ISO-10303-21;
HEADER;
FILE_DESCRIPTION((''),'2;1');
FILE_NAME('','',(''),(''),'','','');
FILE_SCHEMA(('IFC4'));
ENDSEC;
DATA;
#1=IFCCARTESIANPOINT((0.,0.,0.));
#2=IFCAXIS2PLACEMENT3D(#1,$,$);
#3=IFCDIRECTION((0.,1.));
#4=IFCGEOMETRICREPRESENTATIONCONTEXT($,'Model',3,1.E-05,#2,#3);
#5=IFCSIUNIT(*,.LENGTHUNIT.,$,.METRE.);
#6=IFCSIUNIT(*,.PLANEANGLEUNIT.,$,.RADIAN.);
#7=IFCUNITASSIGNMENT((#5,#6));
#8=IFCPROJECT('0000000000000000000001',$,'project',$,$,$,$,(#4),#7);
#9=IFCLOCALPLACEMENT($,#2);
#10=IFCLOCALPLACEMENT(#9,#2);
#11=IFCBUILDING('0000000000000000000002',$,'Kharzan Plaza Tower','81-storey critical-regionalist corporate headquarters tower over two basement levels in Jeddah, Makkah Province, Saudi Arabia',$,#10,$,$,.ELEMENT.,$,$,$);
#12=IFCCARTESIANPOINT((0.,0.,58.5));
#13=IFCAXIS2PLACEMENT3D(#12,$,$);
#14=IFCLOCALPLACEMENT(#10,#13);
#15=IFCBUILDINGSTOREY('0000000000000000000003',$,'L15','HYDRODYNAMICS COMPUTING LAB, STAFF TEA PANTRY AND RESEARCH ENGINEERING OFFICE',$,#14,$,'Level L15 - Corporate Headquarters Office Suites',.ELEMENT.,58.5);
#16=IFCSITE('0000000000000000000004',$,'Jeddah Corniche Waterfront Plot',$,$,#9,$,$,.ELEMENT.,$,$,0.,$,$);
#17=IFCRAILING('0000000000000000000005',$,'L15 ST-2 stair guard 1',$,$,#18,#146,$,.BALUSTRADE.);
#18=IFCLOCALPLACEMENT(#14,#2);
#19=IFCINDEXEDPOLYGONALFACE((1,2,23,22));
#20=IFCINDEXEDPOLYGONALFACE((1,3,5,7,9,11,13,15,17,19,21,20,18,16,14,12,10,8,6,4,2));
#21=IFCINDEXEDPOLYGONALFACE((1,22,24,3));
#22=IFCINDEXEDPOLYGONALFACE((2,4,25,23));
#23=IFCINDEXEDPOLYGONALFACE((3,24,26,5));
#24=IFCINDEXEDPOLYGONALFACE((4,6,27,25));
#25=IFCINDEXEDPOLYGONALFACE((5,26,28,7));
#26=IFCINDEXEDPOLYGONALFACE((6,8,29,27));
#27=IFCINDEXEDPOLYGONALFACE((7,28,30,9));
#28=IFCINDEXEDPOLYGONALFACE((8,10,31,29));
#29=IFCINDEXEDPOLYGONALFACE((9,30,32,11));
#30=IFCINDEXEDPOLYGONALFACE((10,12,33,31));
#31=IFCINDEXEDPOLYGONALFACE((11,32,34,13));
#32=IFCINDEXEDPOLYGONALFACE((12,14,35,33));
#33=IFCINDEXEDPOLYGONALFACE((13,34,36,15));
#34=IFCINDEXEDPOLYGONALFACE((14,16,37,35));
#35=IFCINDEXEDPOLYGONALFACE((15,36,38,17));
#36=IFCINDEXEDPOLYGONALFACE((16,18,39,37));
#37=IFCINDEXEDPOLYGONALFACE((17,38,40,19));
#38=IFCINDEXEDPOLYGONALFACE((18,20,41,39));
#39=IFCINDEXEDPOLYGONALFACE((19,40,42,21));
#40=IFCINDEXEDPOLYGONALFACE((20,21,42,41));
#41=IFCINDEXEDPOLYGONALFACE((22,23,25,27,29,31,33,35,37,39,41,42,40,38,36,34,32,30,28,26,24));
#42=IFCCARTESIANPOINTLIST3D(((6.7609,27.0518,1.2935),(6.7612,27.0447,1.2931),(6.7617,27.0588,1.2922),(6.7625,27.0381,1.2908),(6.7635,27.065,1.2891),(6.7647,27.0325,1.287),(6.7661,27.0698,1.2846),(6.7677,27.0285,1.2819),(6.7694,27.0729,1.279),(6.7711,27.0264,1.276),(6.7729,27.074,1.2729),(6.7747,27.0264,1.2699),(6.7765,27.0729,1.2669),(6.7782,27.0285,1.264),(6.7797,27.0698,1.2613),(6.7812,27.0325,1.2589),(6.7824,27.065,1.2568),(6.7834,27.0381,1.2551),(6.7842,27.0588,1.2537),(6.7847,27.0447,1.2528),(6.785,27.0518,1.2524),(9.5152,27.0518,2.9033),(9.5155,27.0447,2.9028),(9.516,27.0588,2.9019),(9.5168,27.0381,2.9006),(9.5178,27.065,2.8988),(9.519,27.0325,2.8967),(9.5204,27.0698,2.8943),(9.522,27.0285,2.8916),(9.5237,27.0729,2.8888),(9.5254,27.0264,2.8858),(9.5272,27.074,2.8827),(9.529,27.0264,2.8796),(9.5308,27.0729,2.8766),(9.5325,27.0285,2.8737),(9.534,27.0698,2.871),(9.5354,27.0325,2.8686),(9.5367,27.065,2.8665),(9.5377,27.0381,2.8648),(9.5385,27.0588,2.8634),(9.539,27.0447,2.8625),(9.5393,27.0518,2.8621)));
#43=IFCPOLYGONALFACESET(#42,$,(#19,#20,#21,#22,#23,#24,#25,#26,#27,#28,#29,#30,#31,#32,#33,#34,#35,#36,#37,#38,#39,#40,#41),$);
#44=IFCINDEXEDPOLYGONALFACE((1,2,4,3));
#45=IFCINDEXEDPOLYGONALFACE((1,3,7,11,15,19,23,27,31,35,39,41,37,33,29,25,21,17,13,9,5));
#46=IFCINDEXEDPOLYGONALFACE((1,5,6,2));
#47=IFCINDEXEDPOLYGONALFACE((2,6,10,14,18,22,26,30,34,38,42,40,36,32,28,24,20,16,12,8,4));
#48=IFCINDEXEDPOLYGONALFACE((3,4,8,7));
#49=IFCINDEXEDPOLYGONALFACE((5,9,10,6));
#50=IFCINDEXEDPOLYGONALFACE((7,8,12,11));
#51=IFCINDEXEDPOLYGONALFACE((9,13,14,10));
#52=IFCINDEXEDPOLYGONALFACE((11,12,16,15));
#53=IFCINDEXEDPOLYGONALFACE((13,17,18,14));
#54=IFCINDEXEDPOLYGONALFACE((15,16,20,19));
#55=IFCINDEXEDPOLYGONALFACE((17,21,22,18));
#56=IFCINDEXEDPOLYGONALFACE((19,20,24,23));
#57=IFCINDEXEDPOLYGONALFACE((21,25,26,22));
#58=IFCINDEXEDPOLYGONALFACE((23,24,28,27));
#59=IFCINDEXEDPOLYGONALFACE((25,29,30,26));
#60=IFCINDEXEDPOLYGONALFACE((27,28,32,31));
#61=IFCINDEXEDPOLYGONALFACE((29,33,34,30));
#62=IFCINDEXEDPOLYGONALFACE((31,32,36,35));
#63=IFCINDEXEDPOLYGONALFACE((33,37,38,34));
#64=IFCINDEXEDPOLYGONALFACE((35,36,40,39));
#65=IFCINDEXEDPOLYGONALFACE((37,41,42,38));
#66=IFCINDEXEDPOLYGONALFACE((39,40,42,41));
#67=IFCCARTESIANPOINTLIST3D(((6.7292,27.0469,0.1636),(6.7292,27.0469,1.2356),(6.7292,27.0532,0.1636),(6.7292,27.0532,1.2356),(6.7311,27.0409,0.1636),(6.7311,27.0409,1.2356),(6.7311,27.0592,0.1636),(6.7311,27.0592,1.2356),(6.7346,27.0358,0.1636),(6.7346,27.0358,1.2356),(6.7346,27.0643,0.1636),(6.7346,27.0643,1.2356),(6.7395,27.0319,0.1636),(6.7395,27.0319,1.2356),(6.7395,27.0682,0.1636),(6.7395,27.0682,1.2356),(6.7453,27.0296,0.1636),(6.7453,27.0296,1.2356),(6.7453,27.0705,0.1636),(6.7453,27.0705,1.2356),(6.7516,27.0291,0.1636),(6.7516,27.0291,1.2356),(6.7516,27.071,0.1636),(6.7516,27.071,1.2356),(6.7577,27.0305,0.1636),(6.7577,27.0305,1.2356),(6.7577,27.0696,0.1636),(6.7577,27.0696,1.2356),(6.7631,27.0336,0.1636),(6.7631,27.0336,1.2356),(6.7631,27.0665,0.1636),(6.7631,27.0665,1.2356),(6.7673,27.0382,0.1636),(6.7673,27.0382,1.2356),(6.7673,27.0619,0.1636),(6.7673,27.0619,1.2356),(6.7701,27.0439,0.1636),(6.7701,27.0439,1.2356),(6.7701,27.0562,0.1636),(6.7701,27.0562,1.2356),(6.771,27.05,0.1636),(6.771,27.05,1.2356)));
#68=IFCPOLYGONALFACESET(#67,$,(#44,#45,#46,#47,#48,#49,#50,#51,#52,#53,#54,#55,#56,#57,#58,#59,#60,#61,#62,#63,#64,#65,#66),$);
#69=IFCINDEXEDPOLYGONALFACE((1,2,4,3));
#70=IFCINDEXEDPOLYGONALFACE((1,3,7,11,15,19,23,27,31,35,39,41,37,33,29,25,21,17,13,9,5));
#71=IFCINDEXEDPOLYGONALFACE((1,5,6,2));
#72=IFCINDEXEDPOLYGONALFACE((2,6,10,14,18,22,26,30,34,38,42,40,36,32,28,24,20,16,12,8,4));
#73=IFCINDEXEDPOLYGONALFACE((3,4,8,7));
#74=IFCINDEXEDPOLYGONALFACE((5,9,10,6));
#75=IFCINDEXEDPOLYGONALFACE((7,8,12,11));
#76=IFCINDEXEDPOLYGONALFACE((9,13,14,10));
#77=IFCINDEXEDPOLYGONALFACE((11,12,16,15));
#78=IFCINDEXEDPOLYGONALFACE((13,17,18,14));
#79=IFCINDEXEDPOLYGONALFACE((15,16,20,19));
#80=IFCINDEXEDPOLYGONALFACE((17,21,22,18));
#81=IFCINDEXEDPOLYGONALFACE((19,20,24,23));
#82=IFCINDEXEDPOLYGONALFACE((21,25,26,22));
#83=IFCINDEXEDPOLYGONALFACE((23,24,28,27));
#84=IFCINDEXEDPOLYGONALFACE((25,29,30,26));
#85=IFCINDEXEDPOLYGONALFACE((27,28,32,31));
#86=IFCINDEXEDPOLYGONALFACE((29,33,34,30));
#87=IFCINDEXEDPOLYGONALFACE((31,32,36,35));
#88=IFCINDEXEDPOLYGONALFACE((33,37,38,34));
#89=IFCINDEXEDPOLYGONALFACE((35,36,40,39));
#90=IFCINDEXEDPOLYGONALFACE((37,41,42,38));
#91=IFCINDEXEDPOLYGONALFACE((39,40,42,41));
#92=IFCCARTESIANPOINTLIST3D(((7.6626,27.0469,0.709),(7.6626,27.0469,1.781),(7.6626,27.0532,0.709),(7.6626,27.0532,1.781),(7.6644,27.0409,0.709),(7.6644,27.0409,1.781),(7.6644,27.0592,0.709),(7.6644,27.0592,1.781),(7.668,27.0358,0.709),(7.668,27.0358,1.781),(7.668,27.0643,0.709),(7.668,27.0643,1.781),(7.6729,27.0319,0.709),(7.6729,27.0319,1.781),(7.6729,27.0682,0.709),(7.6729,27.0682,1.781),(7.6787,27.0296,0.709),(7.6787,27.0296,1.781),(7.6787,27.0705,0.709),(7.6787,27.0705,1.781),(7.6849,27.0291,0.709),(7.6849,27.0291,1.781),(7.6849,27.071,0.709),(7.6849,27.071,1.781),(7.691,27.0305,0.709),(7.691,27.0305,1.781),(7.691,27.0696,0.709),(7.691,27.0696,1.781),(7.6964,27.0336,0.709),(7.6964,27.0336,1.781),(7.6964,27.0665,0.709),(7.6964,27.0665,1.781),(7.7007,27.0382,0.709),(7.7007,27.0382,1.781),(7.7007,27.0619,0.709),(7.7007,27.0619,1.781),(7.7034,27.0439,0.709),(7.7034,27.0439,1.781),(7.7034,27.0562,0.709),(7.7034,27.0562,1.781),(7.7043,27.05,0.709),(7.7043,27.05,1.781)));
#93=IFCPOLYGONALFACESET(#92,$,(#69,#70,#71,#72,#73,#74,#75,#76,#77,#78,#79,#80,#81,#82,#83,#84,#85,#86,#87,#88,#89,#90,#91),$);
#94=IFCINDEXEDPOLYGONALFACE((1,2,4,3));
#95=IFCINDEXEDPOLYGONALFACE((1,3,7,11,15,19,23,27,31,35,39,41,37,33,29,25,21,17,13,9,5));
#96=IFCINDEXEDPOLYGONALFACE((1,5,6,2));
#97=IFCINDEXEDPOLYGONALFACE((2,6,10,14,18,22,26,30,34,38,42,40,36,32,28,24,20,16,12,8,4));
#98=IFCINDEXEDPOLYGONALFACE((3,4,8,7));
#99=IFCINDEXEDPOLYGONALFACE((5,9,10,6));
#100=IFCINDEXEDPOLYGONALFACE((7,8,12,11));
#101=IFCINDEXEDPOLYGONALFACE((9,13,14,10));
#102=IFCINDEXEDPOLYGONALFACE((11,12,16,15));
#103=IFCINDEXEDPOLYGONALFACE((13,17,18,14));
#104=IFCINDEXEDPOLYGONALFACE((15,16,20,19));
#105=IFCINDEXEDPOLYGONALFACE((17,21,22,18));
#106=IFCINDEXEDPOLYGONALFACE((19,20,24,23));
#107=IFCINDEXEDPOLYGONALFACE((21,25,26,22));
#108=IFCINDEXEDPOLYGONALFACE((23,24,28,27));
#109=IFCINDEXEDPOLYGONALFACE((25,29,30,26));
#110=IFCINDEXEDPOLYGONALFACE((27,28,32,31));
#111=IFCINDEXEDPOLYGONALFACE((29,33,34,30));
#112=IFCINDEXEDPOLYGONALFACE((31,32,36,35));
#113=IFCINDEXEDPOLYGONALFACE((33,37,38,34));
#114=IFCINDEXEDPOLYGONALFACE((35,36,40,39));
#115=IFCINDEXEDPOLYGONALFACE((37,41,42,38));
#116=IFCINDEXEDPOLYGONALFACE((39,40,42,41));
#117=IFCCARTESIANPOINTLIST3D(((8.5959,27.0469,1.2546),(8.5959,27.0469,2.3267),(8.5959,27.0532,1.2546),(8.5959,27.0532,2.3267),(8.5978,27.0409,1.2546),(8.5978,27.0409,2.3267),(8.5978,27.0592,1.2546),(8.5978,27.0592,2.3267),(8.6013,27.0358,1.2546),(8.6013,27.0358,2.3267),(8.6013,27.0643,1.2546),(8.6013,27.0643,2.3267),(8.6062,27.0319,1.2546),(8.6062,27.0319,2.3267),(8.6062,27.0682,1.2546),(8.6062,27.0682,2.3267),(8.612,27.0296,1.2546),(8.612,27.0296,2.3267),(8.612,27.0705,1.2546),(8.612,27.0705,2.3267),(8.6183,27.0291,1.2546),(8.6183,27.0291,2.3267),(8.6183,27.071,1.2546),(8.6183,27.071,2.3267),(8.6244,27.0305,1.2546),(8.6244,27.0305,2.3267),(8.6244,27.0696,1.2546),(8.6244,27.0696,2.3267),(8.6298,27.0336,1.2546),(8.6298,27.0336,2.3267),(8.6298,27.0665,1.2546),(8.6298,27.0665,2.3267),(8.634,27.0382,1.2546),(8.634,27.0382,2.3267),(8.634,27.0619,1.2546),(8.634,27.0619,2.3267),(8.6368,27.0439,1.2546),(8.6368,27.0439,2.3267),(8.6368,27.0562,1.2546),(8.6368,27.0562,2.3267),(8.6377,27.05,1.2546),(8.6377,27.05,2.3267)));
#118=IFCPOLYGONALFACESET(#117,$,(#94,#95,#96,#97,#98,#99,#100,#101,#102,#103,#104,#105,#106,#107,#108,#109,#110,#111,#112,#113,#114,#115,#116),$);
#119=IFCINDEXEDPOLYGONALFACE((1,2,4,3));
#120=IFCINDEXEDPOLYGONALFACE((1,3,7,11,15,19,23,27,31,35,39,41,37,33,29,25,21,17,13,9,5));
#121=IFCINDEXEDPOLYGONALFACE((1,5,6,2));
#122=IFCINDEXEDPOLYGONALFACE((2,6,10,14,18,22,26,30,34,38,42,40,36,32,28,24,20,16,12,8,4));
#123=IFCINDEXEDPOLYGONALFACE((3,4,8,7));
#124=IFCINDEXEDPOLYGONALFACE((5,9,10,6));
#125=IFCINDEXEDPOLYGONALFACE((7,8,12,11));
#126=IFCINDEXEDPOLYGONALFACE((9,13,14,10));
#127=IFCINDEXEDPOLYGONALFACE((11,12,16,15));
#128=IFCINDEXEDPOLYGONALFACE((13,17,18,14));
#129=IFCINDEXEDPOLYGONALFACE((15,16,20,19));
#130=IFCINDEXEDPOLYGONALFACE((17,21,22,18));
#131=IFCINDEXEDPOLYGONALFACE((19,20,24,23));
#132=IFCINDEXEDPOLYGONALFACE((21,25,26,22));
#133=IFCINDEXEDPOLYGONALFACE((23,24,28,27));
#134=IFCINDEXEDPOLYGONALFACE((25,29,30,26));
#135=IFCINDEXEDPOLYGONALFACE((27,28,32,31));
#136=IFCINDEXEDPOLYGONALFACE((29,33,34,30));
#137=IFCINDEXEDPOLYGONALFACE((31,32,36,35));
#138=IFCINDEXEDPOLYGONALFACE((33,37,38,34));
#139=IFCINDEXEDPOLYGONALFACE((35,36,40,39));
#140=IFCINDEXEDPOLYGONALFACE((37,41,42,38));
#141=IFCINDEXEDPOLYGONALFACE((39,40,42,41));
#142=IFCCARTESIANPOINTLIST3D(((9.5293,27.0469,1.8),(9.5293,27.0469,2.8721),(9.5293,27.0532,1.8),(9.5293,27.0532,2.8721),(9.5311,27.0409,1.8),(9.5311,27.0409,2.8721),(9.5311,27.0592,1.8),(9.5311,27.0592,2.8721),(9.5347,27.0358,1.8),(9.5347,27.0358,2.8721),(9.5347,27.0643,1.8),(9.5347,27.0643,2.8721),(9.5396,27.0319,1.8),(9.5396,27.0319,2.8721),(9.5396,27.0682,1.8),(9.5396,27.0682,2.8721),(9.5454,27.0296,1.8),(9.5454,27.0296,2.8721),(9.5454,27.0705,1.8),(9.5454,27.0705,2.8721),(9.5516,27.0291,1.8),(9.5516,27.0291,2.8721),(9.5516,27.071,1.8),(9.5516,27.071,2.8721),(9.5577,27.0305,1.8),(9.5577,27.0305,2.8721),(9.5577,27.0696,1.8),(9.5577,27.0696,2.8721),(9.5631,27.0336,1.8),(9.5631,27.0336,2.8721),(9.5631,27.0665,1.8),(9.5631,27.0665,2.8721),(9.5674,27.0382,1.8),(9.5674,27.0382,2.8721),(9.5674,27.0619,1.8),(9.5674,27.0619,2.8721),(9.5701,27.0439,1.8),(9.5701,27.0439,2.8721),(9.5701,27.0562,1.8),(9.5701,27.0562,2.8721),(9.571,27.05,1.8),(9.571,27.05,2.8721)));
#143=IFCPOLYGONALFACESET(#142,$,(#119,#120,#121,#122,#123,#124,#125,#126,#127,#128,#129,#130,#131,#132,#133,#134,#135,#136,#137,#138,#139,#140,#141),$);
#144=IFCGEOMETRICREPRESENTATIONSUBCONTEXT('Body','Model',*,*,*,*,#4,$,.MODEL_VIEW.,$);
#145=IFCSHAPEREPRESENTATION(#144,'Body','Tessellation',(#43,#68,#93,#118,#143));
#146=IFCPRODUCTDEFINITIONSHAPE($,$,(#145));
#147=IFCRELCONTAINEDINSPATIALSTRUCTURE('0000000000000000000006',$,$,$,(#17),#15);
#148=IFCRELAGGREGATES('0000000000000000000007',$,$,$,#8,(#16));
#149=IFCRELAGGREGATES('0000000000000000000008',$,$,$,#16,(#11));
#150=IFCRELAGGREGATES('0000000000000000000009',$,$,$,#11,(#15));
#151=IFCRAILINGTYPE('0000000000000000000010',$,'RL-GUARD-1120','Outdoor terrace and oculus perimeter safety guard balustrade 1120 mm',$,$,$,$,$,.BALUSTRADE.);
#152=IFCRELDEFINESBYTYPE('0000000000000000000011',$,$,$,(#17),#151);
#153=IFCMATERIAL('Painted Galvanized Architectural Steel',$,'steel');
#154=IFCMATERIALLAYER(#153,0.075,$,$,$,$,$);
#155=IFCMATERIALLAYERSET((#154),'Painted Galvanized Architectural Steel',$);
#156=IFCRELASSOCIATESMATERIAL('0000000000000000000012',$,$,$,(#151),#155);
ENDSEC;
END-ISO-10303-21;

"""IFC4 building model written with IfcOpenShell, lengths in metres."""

from ifc_helpers import new_model, si_unit, direction, frame, origin, origin_2d, place, context, subcontext, project, spatial, circle, extrude, source, transform, mapped, material, layer, layer_set, type_object, element, save


model = new_model("IFC4")

# Units and contexts
model_context = context("Model", 3, precision=1e-05, world=origin(), true_north=direction((0.0, 1.0)))
body_context = subcontext(model_context, "Body", "Model", "MODEL_VIEW")
ifc_project = project(units=[si_unit("LENGTHUNIT", "METRE"), si_unit("PLANEANGLEUNIT", "RADIAN")], contexts=[model_context])

# Site, building, storey
site_placement = place(None, origin())
site = spatial("IfcSite", under=ifc_project, at=site_placement, Name="Jeddah Corniche Waterfront Plot", CompositionType="ELEMENT", RefElevation=0.0)
building_placement = place(site_placement, origin())
building = spatial("IfcBuilding", under=site, at=building_placement, Name="Kharzan Plaza Tower", Description="81-storey critical-regionalist corporate headquarters tower over two basement levels in Jeddah, Makkah Province, Saudi Arabia", CompositionType="ELEMENT")
storey_placement = place(building_placement, frame((0.0, 0.0, 58.5)))
storey = spatial("IfcBuildingStorey", under=building, at=storey_placement, Name="L15", Description="HYDRODYNAMICS COMPUTING LAB, STAFF TEA PANTRY AND RESEARCH ENGINEERING OFFICE", LongName="Level L15 - Corporate Headquarters Office Suites", CompositionType="ELEMENT", Elevation=58.5)

# Railing
ifc_material_1 = material(Name="Painted Galvanized Architectural Steel", Category="steel")
ifc_layer_1 = layer(ifc_material_1, 0.075)
ifc_layer_set_1 = layer_set([ifc_layer_1], Name="Painted Galvanized Architectural Steel")
railing_type_1 = type_object("IfcRailingType", Name="RL-GUARD-1120", Description="Outdoor terrace and oculus perimeter safety guard balustrade 1120 mm", PredefinedType="BALUSTRADE", material=ifc_layer_set_1)
shared_shape_1 = source(origin(), body_context, "Body", "SweptSolid", [
    extrude(circle(Radius=0.0239, at=origin_2d()), frame((0.0229, 0.0, 1.1094), z_axis=(0.863361, 0.0, 0.504587), x_axis=(0.0, 1.0, 0.0)), (0.0, 0.0, 1.0), 3.1902),
    extrude(circle(Radius=0.021, at=origin_2d()), origin(), (0.0, 0.0, 1.0), 1.072),
    extrude(circle(Radius=0.021, at=origin_2d()), frame((0.9333, 0.0, 0.5454)), (0.0, 0.0, 1.0), 1.072),
    extrude(circle(Radius=0.021, at=origin_2d()), frame((1.8667, 0.0, 1.0911)), (0.0, 0.0, 1.0), 1.072),
    extrude(circle(Radius=0.021, at=origin_2d()), frame((2.8, 0.0, 1.6365)), (0.0, 0.0, 1.0), 1.072),
])
railing_1_placement = place(storey_placement, frame((6.75, 27.05, 0.1636)))
element("IfcRailing", 1, at=railing_1_placement, inside=storey, type_object=railing_type_1, Name="L15 ST-2 stair guard 1", PredefinedType="BALUSTRADE", context=body_context, shape_type="MappedRepresentation", body=[
    mapped(shared_shape_1, transform((0.0, 0.0, 0.0), x_axis=(1.0, 0.0, 0.0), y_axis=(0.0, 1.0, 0.0), z_axis=(0.0, 0.0, 1.0))),
])

save(model, "model.ifc")
